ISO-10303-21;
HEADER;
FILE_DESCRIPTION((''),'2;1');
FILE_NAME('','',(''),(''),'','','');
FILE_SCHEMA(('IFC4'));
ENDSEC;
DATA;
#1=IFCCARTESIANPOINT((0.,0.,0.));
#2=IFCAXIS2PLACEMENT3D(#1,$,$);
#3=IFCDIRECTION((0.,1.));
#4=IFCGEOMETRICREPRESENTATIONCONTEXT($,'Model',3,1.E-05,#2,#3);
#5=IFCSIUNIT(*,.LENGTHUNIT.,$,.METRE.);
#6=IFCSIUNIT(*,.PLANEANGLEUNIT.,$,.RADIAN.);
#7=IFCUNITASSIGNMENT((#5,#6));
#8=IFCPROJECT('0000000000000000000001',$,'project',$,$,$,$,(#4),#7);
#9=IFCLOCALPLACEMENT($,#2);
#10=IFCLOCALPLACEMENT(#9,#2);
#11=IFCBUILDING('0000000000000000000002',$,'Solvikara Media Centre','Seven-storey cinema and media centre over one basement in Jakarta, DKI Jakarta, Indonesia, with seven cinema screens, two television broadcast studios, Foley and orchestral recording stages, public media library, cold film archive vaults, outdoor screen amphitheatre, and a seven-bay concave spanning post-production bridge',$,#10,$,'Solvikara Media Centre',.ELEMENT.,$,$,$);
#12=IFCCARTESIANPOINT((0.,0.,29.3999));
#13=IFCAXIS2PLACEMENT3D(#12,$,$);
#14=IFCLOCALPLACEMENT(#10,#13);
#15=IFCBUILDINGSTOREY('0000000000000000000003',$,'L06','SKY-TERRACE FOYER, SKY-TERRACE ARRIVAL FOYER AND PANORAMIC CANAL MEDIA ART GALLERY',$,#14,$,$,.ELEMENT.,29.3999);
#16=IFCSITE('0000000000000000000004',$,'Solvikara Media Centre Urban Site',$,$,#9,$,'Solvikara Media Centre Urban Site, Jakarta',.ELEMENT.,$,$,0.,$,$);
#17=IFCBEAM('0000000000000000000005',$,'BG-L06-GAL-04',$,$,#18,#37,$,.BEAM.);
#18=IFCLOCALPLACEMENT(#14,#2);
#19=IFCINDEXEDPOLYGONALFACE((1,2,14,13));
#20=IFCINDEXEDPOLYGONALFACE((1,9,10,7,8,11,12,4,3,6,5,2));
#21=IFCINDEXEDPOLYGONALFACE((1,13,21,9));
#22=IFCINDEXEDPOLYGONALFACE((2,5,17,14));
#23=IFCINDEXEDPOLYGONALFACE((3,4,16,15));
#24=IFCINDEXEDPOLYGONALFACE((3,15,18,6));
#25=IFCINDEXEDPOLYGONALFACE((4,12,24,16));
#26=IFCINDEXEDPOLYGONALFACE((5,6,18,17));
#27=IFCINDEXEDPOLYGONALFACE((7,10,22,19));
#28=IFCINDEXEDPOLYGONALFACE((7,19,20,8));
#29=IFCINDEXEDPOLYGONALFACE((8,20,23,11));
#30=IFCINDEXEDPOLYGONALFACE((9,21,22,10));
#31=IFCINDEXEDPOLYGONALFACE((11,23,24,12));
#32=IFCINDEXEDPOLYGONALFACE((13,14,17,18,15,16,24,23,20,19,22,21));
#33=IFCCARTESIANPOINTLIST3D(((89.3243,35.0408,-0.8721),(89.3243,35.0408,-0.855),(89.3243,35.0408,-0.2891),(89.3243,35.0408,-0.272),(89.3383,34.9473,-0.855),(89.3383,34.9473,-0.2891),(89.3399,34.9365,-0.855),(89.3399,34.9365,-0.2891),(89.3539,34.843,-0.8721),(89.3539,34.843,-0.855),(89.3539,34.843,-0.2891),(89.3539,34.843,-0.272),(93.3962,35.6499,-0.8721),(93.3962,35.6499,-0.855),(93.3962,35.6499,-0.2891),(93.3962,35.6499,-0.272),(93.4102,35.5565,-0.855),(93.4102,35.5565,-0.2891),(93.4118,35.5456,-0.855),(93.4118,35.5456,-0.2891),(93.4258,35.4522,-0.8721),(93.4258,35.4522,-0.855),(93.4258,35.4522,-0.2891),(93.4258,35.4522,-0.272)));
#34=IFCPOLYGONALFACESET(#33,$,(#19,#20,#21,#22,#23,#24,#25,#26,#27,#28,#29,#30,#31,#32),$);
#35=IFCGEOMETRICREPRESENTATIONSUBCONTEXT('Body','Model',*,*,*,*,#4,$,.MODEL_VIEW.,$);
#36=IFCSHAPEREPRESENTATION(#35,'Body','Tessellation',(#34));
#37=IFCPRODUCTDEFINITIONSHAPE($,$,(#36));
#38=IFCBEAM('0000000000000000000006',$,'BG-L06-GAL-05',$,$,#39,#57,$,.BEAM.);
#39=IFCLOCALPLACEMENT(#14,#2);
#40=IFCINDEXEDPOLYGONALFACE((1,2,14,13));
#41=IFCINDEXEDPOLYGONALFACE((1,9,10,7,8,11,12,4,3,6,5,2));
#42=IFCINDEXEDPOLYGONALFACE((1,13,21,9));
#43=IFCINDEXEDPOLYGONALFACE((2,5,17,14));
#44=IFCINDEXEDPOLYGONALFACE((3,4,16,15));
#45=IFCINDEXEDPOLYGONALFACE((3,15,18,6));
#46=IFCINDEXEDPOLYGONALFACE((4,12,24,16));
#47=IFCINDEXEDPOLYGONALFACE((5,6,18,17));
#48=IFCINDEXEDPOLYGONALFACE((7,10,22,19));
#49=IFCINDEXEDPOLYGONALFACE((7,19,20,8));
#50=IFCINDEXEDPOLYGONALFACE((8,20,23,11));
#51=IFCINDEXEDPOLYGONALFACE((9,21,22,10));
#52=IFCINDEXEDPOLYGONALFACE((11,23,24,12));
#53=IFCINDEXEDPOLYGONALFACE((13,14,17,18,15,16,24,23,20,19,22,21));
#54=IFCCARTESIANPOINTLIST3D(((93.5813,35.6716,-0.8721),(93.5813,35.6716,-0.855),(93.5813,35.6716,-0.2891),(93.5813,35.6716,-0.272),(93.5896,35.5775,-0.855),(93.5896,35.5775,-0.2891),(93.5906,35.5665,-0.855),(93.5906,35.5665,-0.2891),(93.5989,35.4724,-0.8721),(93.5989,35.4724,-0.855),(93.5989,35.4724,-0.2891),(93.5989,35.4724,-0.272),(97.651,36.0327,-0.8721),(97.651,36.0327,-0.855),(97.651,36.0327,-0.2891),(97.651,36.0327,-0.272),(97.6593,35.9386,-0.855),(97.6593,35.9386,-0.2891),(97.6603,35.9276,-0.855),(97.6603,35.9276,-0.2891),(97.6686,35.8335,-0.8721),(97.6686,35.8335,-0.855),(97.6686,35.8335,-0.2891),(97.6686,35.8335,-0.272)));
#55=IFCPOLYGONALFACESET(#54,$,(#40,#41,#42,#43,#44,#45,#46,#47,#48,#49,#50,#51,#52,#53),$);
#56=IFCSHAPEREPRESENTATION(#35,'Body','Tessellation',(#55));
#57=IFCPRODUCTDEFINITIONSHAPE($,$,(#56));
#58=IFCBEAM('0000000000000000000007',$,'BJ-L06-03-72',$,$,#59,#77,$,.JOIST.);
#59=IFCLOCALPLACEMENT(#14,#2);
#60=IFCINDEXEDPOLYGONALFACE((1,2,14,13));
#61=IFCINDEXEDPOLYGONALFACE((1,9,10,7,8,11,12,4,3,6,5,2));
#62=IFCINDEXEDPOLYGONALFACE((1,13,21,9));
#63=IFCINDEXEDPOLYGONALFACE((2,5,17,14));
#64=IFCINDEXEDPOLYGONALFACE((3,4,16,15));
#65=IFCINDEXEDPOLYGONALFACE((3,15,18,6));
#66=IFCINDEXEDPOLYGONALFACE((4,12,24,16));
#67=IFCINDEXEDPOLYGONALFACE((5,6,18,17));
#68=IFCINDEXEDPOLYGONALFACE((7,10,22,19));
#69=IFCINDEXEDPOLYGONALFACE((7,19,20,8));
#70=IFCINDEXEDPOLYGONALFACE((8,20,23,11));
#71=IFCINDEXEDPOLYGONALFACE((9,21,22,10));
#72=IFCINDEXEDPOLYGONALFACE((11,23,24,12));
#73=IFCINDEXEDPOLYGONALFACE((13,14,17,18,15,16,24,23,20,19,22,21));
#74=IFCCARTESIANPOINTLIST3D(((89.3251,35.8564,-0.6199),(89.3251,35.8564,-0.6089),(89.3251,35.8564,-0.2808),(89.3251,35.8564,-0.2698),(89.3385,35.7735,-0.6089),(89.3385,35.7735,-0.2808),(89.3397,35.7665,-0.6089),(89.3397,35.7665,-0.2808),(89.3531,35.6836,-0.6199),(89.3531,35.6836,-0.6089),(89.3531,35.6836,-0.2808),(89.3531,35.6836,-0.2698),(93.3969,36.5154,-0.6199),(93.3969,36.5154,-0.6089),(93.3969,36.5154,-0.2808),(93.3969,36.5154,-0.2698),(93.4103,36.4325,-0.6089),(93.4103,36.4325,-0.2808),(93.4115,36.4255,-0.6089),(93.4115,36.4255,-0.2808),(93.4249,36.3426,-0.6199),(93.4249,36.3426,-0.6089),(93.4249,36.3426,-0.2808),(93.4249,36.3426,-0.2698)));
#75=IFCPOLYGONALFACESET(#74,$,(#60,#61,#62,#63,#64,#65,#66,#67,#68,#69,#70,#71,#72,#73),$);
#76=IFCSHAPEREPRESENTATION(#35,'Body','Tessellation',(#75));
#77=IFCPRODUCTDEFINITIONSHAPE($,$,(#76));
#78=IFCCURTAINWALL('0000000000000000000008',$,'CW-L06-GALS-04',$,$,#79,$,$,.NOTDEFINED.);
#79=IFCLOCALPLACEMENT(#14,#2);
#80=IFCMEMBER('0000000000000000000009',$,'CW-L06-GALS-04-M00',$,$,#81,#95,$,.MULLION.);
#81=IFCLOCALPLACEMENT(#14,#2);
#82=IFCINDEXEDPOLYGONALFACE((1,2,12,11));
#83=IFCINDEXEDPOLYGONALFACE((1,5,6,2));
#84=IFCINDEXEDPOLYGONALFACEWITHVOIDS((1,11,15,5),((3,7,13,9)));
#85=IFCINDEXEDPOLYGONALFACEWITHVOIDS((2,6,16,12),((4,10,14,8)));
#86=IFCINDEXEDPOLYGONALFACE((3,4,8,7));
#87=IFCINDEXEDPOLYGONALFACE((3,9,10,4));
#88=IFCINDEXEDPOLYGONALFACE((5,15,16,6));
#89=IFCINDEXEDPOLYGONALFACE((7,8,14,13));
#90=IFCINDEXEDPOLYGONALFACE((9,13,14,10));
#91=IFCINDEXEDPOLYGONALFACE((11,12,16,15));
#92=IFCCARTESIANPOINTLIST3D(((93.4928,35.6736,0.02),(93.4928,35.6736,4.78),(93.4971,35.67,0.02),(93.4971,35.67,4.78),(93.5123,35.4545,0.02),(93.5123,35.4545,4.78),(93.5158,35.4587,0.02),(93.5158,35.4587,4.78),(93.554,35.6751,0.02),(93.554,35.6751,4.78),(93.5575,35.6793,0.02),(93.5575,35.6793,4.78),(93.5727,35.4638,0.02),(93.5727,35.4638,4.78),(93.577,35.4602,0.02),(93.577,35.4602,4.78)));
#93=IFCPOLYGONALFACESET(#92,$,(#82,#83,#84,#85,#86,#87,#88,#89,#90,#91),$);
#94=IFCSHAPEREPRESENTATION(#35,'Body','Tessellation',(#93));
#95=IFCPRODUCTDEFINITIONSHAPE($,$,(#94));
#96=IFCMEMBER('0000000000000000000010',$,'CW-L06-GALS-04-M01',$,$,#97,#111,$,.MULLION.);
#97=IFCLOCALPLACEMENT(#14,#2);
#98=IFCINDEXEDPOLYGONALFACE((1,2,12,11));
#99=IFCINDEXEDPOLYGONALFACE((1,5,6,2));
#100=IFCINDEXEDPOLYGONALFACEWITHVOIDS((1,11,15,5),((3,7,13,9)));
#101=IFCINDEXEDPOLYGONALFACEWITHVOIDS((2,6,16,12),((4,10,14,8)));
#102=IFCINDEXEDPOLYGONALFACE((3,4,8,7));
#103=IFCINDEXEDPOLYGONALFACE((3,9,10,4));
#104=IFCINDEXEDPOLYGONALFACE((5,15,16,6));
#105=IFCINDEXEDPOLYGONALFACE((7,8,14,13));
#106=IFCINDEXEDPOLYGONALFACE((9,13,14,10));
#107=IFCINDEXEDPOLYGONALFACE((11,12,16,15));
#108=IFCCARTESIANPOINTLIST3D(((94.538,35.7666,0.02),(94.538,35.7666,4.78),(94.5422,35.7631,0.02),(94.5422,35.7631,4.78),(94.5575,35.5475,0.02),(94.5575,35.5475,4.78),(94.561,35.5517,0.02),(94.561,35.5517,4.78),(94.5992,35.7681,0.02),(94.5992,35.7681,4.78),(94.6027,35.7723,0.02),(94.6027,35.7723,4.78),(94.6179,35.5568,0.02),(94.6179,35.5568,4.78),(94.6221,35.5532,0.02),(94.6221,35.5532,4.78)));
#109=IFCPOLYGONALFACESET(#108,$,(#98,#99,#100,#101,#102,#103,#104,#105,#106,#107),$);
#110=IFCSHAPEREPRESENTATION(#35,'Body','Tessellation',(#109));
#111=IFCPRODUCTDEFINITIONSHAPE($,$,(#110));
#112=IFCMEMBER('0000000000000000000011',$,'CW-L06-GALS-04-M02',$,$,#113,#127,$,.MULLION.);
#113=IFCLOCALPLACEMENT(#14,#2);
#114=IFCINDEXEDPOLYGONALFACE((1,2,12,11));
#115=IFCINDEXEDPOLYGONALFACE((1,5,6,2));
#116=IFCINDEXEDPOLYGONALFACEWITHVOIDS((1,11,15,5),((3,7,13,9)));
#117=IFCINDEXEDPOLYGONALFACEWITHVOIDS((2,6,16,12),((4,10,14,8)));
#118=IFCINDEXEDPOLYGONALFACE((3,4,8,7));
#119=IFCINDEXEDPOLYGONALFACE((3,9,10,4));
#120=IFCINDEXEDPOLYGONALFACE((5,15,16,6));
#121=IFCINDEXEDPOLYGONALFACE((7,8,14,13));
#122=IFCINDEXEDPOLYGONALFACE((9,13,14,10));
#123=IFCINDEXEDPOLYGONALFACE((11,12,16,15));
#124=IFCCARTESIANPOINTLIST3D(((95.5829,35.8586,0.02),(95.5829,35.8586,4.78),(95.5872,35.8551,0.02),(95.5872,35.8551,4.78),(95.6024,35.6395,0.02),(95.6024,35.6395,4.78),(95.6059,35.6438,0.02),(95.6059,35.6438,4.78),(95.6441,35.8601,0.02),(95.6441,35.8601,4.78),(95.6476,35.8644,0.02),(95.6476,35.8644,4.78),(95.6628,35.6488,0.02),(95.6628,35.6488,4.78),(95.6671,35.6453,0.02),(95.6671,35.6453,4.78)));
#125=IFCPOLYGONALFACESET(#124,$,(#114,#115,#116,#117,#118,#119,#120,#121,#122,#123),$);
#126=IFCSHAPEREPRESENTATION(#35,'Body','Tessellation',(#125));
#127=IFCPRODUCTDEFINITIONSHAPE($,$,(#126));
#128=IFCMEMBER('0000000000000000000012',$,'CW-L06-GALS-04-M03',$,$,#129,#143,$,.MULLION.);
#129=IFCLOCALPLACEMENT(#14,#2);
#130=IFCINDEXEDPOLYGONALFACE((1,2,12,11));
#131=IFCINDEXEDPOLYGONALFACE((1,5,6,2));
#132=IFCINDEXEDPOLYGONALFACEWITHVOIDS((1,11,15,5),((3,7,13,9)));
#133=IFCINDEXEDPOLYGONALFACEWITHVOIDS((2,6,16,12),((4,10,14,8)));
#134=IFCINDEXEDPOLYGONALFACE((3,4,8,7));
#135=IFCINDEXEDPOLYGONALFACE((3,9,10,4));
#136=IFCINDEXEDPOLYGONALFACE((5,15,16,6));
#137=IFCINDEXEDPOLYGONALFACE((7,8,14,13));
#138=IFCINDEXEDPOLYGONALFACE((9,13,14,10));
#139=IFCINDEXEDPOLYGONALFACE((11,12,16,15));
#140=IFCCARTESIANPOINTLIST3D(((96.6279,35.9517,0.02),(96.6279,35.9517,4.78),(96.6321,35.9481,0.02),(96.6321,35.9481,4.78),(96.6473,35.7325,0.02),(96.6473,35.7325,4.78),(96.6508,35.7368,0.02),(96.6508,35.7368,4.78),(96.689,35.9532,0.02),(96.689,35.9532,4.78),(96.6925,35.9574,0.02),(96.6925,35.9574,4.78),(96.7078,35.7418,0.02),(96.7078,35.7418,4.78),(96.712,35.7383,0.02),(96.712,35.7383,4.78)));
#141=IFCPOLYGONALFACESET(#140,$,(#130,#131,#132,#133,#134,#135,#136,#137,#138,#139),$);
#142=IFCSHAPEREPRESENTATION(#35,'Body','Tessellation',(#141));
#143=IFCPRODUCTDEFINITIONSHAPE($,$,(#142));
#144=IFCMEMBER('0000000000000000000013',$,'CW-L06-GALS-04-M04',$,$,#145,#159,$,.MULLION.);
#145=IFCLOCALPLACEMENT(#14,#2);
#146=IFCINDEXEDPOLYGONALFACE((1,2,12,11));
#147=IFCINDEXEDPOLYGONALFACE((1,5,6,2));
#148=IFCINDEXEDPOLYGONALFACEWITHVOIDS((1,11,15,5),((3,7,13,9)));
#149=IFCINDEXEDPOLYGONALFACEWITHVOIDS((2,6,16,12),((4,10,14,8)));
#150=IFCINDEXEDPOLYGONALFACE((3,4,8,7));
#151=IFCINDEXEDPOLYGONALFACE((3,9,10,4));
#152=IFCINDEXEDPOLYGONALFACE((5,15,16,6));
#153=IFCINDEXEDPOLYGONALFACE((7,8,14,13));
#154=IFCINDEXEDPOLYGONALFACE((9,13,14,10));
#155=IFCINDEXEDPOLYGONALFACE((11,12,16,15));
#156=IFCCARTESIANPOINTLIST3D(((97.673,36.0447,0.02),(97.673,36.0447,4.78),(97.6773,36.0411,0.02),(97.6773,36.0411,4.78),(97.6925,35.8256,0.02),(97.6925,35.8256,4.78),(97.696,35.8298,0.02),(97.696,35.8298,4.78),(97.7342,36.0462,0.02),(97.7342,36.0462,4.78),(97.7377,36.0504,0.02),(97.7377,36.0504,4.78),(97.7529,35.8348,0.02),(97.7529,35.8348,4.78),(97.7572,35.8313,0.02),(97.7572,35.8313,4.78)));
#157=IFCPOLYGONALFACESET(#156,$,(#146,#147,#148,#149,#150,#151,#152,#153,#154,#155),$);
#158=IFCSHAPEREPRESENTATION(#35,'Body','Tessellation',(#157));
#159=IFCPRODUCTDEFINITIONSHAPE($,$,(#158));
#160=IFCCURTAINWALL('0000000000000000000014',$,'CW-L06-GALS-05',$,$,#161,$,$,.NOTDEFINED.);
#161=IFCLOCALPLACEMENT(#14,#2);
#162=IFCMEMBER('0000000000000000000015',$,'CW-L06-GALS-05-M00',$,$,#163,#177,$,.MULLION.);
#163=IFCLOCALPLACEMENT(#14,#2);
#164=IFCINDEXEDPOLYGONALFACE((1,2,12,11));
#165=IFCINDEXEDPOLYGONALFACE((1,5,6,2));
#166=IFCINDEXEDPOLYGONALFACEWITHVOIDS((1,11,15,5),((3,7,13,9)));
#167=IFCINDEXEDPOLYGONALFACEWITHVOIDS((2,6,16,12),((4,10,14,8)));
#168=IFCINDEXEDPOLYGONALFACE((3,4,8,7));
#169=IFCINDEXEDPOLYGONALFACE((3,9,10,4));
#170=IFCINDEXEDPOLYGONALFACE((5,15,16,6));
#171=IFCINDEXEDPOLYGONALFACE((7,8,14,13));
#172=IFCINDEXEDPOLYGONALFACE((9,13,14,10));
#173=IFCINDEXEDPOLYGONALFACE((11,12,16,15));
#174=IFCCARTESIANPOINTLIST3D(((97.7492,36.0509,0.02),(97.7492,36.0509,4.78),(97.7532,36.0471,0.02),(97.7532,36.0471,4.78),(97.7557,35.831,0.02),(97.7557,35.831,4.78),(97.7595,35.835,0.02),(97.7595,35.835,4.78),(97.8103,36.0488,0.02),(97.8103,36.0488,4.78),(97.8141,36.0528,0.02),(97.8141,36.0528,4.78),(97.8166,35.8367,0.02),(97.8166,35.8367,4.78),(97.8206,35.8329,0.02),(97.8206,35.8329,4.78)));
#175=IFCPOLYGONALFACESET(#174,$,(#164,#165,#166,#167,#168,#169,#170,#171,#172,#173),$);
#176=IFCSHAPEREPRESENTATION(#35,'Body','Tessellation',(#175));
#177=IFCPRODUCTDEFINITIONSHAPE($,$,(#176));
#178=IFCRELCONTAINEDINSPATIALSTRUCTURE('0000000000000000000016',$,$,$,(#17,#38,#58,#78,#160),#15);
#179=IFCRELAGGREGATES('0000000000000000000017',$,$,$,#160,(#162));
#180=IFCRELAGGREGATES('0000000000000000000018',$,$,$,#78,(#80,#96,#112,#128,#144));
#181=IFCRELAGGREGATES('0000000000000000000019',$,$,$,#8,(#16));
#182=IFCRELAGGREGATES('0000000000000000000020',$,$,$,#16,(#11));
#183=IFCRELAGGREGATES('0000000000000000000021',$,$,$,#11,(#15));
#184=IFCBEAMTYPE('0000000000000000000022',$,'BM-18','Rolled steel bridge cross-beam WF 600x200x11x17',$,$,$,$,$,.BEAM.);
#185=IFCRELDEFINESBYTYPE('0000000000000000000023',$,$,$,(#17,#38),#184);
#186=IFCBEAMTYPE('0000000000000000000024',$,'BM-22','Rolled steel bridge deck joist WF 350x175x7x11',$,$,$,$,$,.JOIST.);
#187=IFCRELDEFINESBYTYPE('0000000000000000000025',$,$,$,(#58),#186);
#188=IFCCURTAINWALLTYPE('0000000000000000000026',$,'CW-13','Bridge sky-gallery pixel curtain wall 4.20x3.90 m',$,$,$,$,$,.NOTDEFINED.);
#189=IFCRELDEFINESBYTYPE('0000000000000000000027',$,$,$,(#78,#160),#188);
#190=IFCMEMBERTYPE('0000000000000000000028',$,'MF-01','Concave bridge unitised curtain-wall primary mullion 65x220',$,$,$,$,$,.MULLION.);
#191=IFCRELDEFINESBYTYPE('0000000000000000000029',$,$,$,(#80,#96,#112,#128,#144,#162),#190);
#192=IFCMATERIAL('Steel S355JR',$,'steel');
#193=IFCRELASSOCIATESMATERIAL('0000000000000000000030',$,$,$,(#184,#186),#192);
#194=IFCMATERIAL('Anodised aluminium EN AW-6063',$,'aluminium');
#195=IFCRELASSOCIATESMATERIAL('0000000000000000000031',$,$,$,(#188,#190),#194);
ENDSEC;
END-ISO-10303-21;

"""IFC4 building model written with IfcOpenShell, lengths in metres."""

from ifc_helpers import new_model, si_unit, direction, frame, origin, origin_2d, place, context, subcontext, project, spatial, hollow_rectangle, i_section, extrude, material, material_profile, profile_set, type_object, element, aggregate, save


model = new_model("IFC4")

# Units and contexts
model_context = context("Model", 3, precision=1e-05, world=origin(), true_north=direction((0.0, 1.0)))
body_context = subcontext(model_context, "Body", "Model", "MODEL_VIEW")
ifc_project = project(units=[si_unit("LENGTHUNIT", "METRE"), si_unit("PLANEANGLEUNIT", "RADIAN")], contexts=[model_context])

# Site, building, storey
site_placement = place(None, origin())
site = spatial("IfcSite", under=ifc_project, at=site_placement, Name="Solvikara Media Centre Urban Site", LongName="Solvikara Media Centre Urban Site, Jakarta", CompositionType="ELEMENT", RefElevation=0.0)
building_placement = place(site_placement, origin())
building = spatial("IfcBuilding", under=site, at=building_placement, Name="Solvikara Media Centre", Description="Seven-storey cinema and media centre over one basement in Jakarta, DKI Jakarta, Indonesia, with seven cinema screens, two television broadcast studios, Foley and orchestral recording stages, public media library, cold film archive vaults, outdoor screen amphitheatre, and a seven-bay concave spanning post-production bridge", LongName="Solvikara Media Centre", CompositionType="ELEMENT")
storey_placement = place(building_placement, frame((0.0, 0.0, 29.3999)))
storey = spatial("IfcBuildingStorey", under=building, at=storey_placement, Name="L06", Description="SKY-TERRACE FOYER, SKY-TERRACE ARRIVAL FOYER AND PANORAMIC CANAL MEDIA ART GALLERY", CompositionType="ELEMENT", Elevation=29.3999)

# Beams
ifc_material_1 = material(Name="Steel S355JR", Category="steel")
ifc_material_profile_1 = material_profile(ifc_material_1, i_section(OverallWidth=0.2, OverallDepth=0.6001, WebThickness=0.011, FlangeThickness=0.0171, at=origin_2d()), Name="WF 600x200x11x17")
ifc_profile_set_1 = profile_set([ifc_material_profile_1], Name="Steel S355JR")
beam_type_1 = type_object("IfcBeamType", Name="BM-18", Description="Rolled steel bridge cross-beam WF 600x200x11x17", PredefinedType="BEAM", material=ifc_profile_set_1)
beam_1_placement = place(storey_placement, frame((89.3391, 34.9419, -0.572), z_axis=(0.988995, 0.147952, 0.0), x_axis=(-0.147952, 0.988995, 0.0)))
element("IfcBeam", 1, at=beam_1_placement, inside=storey, type_object=beam_type_1, Name="BG-L06-GAL-04", PredefinedType="BEAM", context=body_context, shape_type="SweptSolid", body=[
    extrude(i_section(OverallWidth=0.2, OverallDepth=0.6001, WebThickness=0.011, FlangeThickness=0.0171, at=origin_2d()), origin(), (0.0, 0.0, 1.0), 4.1172),
])
beam_2_placement = place(storey_placement, frame((93.5901, 35.572, -0.572), z_axis=(0.996087, 0.088375, 0.0), x_axis=(-0.088375, 0.996087, 0.0)))
element("IfcBeam", 2, at=beam_2_placement, inside=storey, type_object=beam_type_1, Name="BG-L06-GAL-05", PredefinedType="BEAM", context=body_context, shape_type="SweptSolid", body=[
    extrude(i_section(OverallWidth=0.2, OverallDepth=0.6001, WebThickness=0.011, FlangeThickness=0.0171, at=origin_2d()), origin(), (0.0, 0.0, 1.0), 4.0857),
])
ifc_material_profile_2 = material_profile(ifc_material_1, i_section(OverallWidth=0.175, OverallDepth=0.3501, WebThickness=0.0071, FlangeThickness=0.011, at=origin_2d()), Name="WF 350x175x7x11")
ifc_profile_set_2 = profile_set([ifc_material_profile_2], Name="Steel S355JR")
beam_type_2 = type_object("IfcBeamType", Name="BM-22", Description="Rolled steel bridge deck joist WF 350x175x7x11", PredefinedType="JOIST", material=ifc_profile_set_2)
beam_3_placement = place(storey_placement, frame((89.3391, 35.77, -0.4448), z_axis=(0.987157, 0.159752, 0.0), x_axis=(-0.159752, 0.987157, 0.0)))
element("IfcBeam", 3, at=beam_3_placement, inside=storey, type_object=beam_type_2, Name="BJ-L06-03-72", PredefinedType="JOIST", context=body_context, shape_type="SweptSolid", body=[
    extrude(i_section(OverallWidth=0.175, OverallDepth=0.3501, WebThickness=0.0071, FlangeThickness=0.011, at=origin_2d()), origin(), (0.0, 0.0, 1.0), 4.1248),
])

# Curtain wall, members
ifc_material_2 = material(Name="Anodised aluminium EN AW-6063", Category="aluminium")
curtain_wall_type = type_object("IfcCurtainWallType", Name="CW-13", Description="Bridge sky-gallery pixel curtain wall 4.20x3.90 m", PredefinedType="NOTDEFINED", material=ifc_material_2)
curtain_wall_1_placement = place(storey_placement, origin())
curtain_wall_1 = element("IfcCurtainWall", 4, at=curtain_wall_1_placement, inside=storey, type_object=curtain_wall_type, Name="CW-L06-GALS-04", PredefinedType="NOTDEFINED")
ifc_material_profile_3 = material_profile(ifc_material_2, hollow_rectangle(XDim=0.0649, YDim=0.22, WallThickness=0.0039, at=origin_2d()), Name="ALU-M 65x220x4")
ifc_profile_set_3 = profile_set([ifc_material_profile_3], Name="Anodised aluminium EN AW-6063")
member_type_1 = type_object("IfcMemberType", Name="MF-01", Description="Concave bridge unitised curtain-wall primary mullion 65x220", PredefinedType="MULLION", material=ifc_profile_set_3)
member_1_placement = place(storey_placement, frame((93.5349, 35.5669, 0.02), z_axis=(0.0, 0.0, 1.0), x_axis=(0.996084, 0.088408, 0.0)))
member_1 = element("IfcMember", 5, at=member_1_placement, type_object=member_type_1, Name="CW-L06-GALS-04-M00", PredefinedType="MULLION", context=body_context, shape_type="SweptSolid", body=[
    extrude(hollow_rectangle(XDim=0.0649, YDim=0.22, WallThickness=0.0039, at=origin_2d()), origin(), (0.0, 0.0, 1.0), 4.76),
])
member_2_placement = place(storey_placement, frame((94.5801, 35.6599, 0.02), z_axis=(0.0, 0.0, 1.0), x_axis=(0.996084, 0.088408, 0.0)))
member_2 = element("IfcMember", 6, at=member_2_placement, type_object=member_type_1, Name="CW-L06-GALS-04-M01", PredefinedType="MULLION", context=body_context, shape_type="SweptSolid", body=[
    extrude(hollow_rectangle(XDim=0.0649, YDim=0.22, WallThickness=0.0039, at=origin_2d()), origin(), (0.0, 0.0, 1.0), 4.76),
])
member_3_placement = place(storey_placement, frame((95.625, 35.752, 0.02), z_axis=(0.0, 0.0, 1.0), x_axis=(0.996084, 0.088408, 0.0)))
member_3 = element("IfcMember", 7, at=member_3_placement, type_object=member_type_1, Name="CW-L06-GALS-04-M02", PredefinedType="MULLION", context=body_context, shape_type="SweptSolid", body=[
    extrude(hollow_rectangle(XDim=0.0649, YDim=0.22, WallThickness=0.0039, at=origin_2d()), origin(), (0.0, 0.0, 1.0), 4.76),
])
member_4_placement = place(storey_placement, frame((96.6699, 35.845, 0.02), z_axis=(0.0, 0.0, 1.0), x_axis=(0.996084, 0.088408, 0.0)))
member_4 = element("IfcMember", 8, at=member_4_placement, type_object=member_type_1, Name="CW-L06-GALS-04-M03", PredefinedType="MULLION", context=body_context, shape_type="SweptSolid", body=[
    extrude(hollow_rectangle(XDim=0.0649, YDim=0.22, WallThickness=0.0039, at=origin_2d()), origin(), (0.0, 0.0, 1.0), 4.76),
])
member_5_placement = place(storey_placement, frame((97.7151, 35.938, 0.02), z_axis=(0.0, 0.0, 1.0), x_axis=(0.996084, 0.088408, 0.0)))
member_5 = element("IfcMember", 9, at=member_5_placement, type_object=member_type_1, Name="CW-L06-GALS-04-M04", PredefinedType="MULLION", context=body_context, shape_type="SweptSolid", body=[
    extrude(hollow_rectangle(XDim=0.0649, YDim=0.22, WallThickness=0.0039, at=origin_2d()), origin(), (0.0, 0.0, 1.0), 4.76),
])

# Curtain wall, member
curtain_wall_2_placement = place(storey_placement, origin())
curtain_wall_2 = element("IfcCurtainWall", 10, at=curtain_wall_2_placement, inside=storey, type_object=curtain_wall_type, Name="CW-L06-GALS-05", PredefinedType="NOTDEFINED")
member_6_placement = place(storey_placement, frame((97.7849, 35.9419, 0.02), z_axis=(0.0, 0.0, 1.0), x_axis=(0.99956, 0.029649, 0.0)))
member_6 = element("IfcMember", 11, at=member_6_placement, type_object=member_type_1, Name="CW-L06-GALS-05-M00", PredefinedType="MULLION", context=body_context, shape_type="SweptSolid", body=[
    extrude(hollow_rectangle(XDim=0.0649, YDim=0.22, WallThickness=0.0039, at=origin_2d()), origin(), (0.0, 0.0, 1.0), 4.76),
])

aggregate(curtain_wall_2, [member_6])

aggregate(curtain_wall_1, [member_1, member_2, member_3, member_4, member_5])

save(model, "model.ifc")
